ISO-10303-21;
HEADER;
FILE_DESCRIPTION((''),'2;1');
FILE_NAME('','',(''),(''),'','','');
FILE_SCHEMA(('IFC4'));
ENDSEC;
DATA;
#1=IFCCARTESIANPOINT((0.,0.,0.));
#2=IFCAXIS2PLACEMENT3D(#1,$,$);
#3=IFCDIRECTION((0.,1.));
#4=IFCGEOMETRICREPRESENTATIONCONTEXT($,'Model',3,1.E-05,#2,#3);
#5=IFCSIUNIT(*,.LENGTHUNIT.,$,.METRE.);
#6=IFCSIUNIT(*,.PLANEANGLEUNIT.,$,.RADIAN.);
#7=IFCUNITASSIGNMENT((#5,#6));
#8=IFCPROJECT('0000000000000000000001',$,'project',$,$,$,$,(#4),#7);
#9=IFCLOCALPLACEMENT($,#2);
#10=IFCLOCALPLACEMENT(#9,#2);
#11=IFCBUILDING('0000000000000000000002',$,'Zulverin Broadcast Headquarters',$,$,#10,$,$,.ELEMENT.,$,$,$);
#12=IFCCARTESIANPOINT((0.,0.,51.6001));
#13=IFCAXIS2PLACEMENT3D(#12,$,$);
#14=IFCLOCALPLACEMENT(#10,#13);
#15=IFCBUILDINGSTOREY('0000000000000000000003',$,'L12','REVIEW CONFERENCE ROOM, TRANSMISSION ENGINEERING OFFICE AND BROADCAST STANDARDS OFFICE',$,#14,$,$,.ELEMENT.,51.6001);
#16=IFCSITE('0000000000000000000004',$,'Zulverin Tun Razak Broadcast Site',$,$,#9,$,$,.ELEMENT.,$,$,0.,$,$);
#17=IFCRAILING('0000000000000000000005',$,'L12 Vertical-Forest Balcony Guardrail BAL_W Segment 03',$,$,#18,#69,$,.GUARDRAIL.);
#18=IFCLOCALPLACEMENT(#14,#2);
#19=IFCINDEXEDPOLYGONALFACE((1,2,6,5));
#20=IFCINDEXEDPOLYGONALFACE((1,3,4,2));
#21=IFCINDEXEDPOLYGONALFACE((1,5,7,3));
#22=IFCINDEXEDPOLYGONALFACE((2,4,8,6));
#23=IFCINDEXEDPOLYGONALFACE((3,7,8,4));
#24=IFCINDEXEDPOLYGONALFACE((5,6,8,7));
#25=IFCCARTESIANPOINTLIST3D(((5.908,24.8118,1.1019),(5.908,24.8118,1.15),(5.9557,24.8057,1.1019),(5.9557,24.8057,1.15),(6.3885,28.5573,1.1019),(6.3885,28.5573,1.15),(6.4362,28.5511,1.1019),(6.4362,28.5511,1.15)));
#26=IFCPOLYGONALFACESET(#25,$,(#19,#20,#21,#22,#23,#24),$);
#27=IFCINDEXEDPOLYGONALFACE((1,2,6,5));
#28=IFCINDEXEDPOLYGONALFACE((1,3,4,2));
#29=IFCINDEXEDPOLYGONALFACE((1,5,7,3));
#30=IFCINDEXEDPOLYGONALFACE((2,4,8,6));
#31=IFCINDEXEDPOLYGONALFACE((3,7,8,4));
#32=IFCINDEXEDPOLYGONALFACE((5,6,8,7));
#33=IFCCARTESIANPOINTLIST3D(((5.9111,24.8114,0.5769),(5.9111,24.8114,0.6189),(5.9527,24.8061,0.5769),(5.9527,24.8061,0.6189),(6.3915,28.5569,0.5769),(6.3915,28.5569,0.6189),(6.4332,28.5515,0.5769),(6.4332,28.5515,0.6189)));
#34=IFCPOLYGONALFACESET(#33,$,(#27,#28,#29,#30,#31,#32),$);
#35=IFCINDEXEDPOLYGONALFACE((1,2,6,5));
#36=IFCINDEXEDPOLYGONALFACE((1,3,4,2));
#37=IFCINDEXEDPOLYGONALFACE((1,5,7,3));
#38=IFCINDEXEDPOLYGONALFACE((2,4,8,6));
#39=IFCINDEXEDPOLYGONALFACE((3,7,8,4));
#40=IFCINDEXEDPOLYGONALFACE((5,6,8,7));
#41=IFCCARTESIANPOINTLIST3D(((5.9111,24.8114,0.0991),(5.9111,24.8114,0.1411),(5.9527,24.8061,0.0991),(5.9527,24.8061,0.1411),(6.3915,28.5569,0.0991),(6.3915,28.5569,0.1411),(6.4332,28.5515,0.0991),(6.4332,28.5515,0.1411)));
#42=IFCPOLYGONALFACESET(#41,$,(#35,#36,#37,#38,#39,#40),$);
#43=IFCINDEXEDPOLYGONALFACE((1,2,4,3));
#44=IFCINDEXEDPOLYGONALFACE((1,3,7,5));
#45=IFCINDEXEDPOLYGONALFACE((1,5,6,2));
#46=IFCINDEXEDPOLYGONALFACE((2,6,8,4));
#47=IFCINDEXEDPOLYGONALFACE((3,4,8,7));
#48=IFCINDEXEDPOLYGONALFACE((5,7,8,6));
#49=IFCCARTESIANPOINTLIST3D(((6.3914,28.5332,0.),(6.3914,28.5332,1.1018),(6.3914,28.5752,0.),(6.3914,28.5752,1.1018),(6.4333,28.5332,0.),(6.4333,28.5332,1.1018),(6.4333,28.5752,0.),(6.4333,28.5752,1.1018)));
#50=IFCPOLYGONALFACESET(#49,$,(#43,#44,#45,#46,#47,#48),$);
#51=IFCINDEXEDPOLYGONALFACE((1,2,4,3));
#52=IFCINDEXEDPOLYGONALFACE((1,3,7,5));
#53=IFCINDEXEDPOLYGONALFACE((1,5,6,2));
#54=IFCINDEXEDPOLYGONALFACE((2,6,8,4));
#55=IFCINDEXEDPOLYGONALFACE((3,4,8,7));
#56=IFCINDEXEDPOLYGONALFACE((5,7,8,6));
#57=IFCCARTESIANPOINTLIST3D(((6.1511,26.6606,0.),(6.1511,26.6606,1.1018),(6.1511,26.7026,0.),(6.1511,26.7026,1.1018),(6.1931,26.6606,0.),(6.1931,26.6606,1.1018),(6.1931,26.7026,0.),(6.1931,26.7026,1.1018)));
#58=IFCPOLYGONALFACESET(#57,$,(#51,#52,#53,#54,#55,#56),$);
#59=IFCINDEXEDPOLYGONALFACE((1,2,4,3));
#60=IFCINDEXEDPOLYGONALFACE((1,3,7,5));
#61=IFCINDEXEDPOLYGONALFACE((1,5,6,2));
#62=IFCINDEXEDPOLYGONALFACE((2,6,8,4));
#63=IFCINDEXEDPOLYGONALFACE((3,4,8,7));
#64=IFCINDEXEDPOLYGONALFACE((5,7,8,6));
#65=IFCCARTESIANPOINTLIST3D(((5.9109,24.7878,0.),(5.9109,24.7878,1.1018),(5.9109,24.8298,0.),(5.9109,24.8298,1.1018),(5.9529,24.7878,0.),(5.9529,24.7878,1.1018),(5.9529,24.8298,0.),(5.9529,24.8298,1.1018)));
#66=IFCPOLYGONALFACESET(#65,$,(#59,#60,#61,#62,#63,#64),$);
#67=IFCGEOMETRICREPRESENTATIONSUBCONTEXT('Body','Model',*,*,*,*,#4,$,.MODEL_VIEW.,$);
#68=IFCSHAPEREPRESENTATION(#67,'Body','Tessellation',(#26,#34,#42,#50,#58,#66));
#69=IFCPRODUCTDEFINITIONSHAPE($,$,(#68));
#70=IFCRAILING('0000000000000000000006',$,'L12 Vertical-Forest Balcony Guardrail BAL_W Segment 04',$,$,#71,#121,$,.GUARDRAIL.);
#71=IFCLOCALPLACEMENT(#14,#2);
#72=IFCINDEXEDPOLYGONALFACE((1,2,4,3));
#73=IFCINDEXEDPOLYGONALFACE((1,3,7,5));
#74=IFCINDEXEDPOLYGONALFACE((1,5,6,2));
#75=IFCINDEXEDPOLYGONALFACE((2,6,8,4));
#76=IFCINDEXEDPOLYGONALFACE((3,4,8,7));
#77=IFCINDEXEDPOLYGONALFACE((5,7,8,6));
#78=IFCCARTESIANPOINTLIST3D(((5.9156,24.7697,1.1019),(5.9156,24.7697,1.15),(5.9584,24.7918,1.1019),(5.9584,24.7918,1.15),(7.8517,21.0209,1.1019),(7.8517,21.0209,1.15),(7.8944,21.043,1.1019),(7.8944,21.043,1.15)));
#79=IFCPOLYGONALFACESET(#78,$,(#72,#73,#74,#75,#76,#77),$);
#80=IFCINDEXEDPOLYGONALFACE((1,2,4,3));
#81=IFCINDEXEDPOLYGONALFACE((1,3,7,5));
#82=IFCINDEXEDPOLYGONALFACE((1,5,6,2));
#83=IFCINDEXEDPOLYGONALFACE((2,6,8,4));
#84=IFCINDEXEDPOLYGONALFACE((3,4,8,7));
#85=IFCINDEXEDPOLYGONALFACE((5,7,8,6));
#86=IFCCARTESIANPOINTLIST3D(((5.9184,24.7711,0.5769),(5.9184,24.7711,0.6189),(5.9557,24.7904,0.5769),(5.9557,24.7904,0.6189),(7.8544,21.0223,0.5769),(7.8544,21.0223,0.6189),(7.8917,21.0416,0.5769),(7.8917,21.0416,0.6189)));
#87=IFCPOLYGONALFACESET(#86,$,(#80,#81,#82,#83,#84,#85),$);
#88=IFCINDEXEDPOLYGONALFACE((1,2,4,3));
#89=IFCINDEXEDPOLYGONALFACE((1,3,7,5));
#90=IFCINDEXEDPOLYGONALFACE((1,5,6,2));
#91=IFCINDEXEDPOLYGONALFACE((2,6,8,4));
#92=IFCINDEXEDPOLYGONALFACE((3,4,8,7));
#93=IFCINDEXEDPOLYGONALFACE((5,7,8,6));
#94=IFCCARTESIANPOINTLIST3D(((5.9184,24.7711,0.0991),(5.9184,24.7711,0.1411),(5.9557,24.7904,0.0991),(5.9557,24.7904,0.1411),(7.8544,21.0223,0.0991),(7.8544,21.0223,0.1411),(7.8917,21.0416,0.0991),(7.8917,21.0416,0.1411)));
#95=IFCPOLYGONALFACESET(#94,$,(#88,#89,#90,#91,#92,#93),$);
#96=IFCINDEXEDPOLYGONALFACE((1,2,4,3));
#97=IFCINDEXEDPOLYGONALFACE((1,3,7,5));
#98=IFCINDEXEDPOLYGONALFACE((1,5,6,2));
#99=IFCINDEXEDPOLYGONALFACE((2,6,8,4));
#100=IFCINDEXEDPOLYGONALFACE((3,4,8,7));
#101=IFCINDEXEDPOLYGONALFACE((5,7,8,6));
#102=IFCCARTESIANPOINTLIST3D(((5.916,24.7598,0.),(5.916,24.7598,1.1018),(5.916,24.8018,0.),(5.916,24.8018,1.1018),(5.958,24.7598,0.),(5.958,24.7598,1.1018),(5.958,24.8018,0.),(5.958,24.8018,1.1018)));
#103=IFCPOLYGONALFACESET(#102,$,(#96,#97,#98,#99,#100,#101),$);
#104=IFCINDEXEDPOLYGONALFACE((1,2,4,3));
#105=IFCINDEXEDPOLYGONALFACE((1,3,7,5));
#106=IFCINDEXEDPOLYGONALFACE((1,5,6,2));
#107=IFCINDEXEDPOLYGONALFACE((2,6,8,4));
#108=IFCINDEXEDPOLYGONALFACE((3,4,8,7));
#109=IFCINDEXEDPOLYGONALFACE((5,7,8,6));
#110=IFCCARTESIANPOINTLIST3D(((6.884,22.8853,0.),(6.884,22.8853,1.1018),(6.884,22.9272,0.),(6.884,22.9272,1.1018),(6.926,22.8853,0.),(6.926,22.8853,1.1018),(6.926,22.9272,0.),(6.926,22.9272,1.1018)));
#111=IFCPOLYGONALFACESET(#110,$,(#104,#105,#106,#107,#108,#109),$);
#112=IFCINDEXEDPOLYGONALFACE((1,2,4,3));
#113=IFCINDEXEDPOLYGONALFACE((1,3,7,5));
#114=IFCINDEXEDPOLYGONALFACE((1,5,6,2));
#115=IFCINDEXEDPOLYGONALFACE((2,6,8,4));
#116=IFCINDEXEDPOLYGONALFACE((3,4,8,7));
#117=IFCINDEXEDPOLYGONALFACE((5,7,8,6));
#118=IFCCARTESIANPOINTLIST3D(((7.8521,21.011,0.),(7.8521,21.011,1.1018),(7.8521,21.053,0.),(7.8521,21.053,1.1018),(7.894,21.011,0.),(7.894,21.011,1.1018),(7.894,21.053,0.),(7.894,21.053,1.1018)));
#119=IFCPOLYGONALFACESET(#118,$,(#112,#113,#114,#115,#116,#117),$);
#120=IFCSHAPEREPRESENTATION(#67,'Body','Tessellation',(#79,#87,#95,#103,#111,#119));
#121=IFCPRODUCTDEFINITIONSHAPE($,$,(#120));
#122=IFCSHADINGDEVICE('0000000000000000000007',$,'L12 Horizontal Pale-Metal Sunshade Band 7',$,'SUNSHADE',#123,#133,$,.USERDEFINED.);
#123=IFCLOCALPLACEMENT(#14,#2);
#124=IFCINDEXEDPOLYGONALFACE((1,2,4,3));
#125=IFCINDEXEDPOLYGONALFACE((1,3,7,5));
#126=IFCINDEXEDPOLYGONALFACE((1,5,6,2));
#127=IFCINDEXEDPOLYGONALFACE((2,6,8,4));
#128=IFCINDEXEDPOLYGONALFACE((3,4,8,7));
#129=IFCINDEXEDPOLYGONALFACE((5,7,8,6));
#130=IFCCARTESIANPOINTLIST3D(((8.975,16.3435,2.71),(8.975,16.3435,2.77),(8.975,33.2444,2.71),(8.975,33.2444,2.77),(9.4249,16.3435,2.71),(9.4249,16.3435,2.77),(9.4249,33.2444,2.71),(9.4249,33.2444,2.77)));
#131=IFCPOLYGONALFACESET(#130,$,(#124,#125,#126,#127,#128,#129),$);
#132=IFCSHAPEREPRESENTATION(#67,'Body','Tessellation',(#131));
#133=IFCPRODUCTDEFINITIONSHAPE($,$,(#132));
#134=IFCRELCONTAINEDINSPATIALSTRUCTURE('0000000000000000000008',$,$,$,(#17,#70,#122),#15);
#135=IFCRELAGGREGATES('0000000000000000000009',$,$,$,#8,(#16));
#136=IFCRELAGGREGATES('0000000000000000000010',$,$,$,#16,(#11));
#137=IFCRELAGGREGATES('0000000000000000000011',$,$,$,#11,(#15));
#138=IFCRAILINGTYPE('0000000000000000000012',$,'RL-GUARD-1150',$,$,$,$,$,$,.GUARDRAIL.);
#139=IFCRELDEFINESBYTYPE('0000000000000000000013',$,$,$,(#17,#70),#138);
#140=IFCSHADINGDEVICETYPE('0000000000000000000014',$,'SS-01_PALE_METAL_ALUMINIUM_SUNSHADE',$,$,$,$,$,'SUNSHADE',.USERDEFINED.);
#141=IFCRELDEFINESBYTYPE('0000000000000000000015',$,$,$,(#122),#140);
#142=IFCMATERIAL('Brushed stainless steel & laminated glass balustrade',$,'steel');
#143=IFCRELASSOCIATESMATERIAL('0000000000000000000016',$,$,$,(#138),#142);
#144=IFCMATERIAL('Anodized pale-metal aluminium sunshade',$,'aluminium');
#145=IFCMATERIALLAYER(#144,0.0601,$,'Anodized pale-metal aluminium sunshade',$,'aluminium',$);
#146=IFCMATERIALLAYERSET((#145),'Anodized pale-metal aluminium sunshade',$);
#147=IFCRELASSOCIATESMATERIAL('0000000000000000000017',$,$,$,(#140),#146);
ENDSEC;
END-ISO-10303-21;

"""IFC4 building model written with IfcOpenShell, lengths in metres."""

from ifc_helpers import new_model, si_unit, direction, frame, origin, origin_2d, place, context, subcontext, project, spatial, rectangle, extrude, material, layer, layer_set, type_object, element, save


model = new_model("IFC4")

# Units and contexts
model_context = context("Model", 3, precision=1e-05, world=origin(), true_north=direction((0.0, 1.0)))
body_context = subcontext(model_context, "Body", "Model", "MODEL_VIEW")
ifc_project = project(units=[si_unit("LENGTHUNIT", "METRE"), si_unit("PLANEANGLEUNIT", "RADIAN")], contexts=[model_context])

# Site, building, storey
site_placement = place(None, origin())
site = spatial("IfcSite", under=ifc_project, at=site_placement, Name="Zulverin Tun Razak Broadcast Site", CompositionType="ELEMENT", RefElevation=0.0)
building_placement = place(site_placement, origin())
building = spatial("IfcBuilding", under=site, at=building_placement, Name="Zulverin Broadcast Headquarters", CompositionType="ELEMENT")
storey_placement = place(building_placement, frame((0.0, 0.0, 51.6001)))
storey = spatial("IfcBuildingStorey", under=building, at=storey_placement, Name="L12", Description="REVIEW CONFERENCE ROOM, TRANSMISSION ENGINEERING OFFICE AND BROADCAST STANDARDS OFFICE", CompositionType="ELEMENT", Elevation=51.6001)

# Railings
ifc_material_1 = material(Name="Brushed stainless steel & laminated glass balustrade", Category="steel")
railing_type = type_object("IfcRailingType", Name="RL-GUARD-1150", PredefinedType="GUARDRAIL", material=ifc_material_1)
railing_1_placement = place(storey_placement, frame((6.4124, 28.5542, 0.0)))
element("IfcRailing", 1, at=railing_1_placement, inside=storey, type_object=railing_type, Name="L12 Vertical-Forest Balcony Guardrail BAL_W Segment 03", PredefinedType="GUARDRAIL", context=body_context, shape_type="SweptSolid", body=[
    extrude(rectangle(XDim=0.0481, YDim=0.0481, at=origin_2d()), frame((0.0, 0.0, 1.126), z_axis=(-0.127241, -0.991872, 0.0), x_axis=(0.991872, -0.127241, 0.0)), (0.0, 0.0, 1.0), 3.7761),
    extrude(rectangle(XDim=0.042, YDim=0.042, at=origin_2d()), frame((0.0, 0.0, 0.5979), z_axis=(-0.127241, -0.991872, 0.0), x_axis=(0.991872, -0.127241, 0.0)), (0.0, 0.0, 1.0), 3.7761),
    extrude(rectangle(XDim=0.042, YDim=0.042, at=origin_2d()), frame((0.0, 0.0, 0.1201), z_axis=(-0.127241, -0.991872, 0.0), x_axis=(0.991872, -0.127241, 0.0)), (0.0, 0.0, 1.0), 3.7761),
    extrude(rectangle(XDim=0.042, YDim=0.042, at=origin_2d()), origin(), (0.0, 0.0, 1.0), 1.1018),
    extrude(rectangle(XDim=0.042, YDim=0.042, at=origin_2d()), frame((-0.2402, -1.8726, 0.0)), (0.0, 0.0, 1.0), 1.1018),
    extrude(rectangle(XDim=0.042, YDim=0.042, at=origin_2d()), frame((-0.4805, -3.7454, 0.0)), (0.0, 0.0, 1.0), 1.1018),
])
railing_2_placement = place(storey_placement, frame((5.937, 24.7808, 0.0)))
element("IfcRailing", 2, at=railing_2_placement, inside=storey, type_object=railing_type, Name="L12 Vertical-Forest Balcony Guardrail BAL_W Segment 04", PredefinedType="GUARDRAIL", context=body_context, shape_type="SweptSolid", body=[
    extrude(rectangle(XDim=0.0481, YDim=0.0481, at=origin_2d()), frame((0.0, 0.0, 1.126), z_axis=(0.458864, -0.888507, 0.0), x_axis=(0.888507, 0.458864, 0.0)), (0.0, 0.0, 1.0), 4.2192),
    extrude(rectangle(XDim=0.042, YDim=0.042, at=origin_2d()), frame((0.0, 0.0, 0.5979), z_axis=(0.458864, -0.888507, 0.0), x_axis=(0.888507, 0.458864, 0.0)), (0.0, 0.0, 1.0), 4.2192),
    extrude(rectangle(XDim=0.042, YDim=0.042, at=origin_2d()), frame((0.0, 0.0, 0.1201), z_axis=(0.458864, -0.888507, 0.0), x_axis=(0.888507, 0.458864, 0.0)), (0.0, 0.0, 1.0), 4.2192),
    extrude(rectangle(XDim=0.042, YDim=0.042, at=origin_2d()), origin(), (0.0, 0.0, 1.0), 1.1018),
    extrude(rectangle(XDim=0.042, YDim=0.042, at=origin_2d()), frame((0.968, -1.8745, 0.0)), (0.0, 0.0, 1.0), 1.1018),
    extrude(rectangle(XDim=0.042, YDim=0.042, at=origin_2d()), frame((1.936, -3.7488, 0.0)), (0.0, 0.0, 1.0), 1.1018),
])

# Shading device
ifc_material_2 = material(Name="Anodized pale-metal aluminium sunshade", Category="aluminium")
ifc_layer_1 = layer(ifc_material_2, 0.0601, Name="Anodized pale-metal aluminium sunshade", Category="aluminium")
ifc_layer_set_1 = layer_set([ifc_layer_1], Name="Anodized pale-metal aluminium sunshade")
shading_device_type = type_object("IfcShadingDeviceType", Name="SS-01_PALE_METAL_ALUMINIUM_SUNSHADE", ElementType="SUNSHADE", PredefinedType="USERDEFINED", material=ifc_layer_set_1)
shading_device_placement = place(storey_placement, frame((9.2, 24.7939, 2.71), z_axis=(0.0, 0.0, 1.0), x_axis=(0.0, -1.0, 0.0)))
element("IfcShadingDevice", 3, at=shading_device_placement, inside=storey, type_object=shading_device_type, Name="L12 Horizontal Pale-Metal Sunshade Band 7", ObjectType="SUNSHADE", PredefinedType="USERDEFINED", context=body_context, shape_type="SweptSolid", body=[
    extrude(rectangle(XDim=16.9009, YDim=0.45, at=origin_2d()), origin(), (0.0, 0.0, 1.0), 0.0601),
])

save(model, "model.ifc")
